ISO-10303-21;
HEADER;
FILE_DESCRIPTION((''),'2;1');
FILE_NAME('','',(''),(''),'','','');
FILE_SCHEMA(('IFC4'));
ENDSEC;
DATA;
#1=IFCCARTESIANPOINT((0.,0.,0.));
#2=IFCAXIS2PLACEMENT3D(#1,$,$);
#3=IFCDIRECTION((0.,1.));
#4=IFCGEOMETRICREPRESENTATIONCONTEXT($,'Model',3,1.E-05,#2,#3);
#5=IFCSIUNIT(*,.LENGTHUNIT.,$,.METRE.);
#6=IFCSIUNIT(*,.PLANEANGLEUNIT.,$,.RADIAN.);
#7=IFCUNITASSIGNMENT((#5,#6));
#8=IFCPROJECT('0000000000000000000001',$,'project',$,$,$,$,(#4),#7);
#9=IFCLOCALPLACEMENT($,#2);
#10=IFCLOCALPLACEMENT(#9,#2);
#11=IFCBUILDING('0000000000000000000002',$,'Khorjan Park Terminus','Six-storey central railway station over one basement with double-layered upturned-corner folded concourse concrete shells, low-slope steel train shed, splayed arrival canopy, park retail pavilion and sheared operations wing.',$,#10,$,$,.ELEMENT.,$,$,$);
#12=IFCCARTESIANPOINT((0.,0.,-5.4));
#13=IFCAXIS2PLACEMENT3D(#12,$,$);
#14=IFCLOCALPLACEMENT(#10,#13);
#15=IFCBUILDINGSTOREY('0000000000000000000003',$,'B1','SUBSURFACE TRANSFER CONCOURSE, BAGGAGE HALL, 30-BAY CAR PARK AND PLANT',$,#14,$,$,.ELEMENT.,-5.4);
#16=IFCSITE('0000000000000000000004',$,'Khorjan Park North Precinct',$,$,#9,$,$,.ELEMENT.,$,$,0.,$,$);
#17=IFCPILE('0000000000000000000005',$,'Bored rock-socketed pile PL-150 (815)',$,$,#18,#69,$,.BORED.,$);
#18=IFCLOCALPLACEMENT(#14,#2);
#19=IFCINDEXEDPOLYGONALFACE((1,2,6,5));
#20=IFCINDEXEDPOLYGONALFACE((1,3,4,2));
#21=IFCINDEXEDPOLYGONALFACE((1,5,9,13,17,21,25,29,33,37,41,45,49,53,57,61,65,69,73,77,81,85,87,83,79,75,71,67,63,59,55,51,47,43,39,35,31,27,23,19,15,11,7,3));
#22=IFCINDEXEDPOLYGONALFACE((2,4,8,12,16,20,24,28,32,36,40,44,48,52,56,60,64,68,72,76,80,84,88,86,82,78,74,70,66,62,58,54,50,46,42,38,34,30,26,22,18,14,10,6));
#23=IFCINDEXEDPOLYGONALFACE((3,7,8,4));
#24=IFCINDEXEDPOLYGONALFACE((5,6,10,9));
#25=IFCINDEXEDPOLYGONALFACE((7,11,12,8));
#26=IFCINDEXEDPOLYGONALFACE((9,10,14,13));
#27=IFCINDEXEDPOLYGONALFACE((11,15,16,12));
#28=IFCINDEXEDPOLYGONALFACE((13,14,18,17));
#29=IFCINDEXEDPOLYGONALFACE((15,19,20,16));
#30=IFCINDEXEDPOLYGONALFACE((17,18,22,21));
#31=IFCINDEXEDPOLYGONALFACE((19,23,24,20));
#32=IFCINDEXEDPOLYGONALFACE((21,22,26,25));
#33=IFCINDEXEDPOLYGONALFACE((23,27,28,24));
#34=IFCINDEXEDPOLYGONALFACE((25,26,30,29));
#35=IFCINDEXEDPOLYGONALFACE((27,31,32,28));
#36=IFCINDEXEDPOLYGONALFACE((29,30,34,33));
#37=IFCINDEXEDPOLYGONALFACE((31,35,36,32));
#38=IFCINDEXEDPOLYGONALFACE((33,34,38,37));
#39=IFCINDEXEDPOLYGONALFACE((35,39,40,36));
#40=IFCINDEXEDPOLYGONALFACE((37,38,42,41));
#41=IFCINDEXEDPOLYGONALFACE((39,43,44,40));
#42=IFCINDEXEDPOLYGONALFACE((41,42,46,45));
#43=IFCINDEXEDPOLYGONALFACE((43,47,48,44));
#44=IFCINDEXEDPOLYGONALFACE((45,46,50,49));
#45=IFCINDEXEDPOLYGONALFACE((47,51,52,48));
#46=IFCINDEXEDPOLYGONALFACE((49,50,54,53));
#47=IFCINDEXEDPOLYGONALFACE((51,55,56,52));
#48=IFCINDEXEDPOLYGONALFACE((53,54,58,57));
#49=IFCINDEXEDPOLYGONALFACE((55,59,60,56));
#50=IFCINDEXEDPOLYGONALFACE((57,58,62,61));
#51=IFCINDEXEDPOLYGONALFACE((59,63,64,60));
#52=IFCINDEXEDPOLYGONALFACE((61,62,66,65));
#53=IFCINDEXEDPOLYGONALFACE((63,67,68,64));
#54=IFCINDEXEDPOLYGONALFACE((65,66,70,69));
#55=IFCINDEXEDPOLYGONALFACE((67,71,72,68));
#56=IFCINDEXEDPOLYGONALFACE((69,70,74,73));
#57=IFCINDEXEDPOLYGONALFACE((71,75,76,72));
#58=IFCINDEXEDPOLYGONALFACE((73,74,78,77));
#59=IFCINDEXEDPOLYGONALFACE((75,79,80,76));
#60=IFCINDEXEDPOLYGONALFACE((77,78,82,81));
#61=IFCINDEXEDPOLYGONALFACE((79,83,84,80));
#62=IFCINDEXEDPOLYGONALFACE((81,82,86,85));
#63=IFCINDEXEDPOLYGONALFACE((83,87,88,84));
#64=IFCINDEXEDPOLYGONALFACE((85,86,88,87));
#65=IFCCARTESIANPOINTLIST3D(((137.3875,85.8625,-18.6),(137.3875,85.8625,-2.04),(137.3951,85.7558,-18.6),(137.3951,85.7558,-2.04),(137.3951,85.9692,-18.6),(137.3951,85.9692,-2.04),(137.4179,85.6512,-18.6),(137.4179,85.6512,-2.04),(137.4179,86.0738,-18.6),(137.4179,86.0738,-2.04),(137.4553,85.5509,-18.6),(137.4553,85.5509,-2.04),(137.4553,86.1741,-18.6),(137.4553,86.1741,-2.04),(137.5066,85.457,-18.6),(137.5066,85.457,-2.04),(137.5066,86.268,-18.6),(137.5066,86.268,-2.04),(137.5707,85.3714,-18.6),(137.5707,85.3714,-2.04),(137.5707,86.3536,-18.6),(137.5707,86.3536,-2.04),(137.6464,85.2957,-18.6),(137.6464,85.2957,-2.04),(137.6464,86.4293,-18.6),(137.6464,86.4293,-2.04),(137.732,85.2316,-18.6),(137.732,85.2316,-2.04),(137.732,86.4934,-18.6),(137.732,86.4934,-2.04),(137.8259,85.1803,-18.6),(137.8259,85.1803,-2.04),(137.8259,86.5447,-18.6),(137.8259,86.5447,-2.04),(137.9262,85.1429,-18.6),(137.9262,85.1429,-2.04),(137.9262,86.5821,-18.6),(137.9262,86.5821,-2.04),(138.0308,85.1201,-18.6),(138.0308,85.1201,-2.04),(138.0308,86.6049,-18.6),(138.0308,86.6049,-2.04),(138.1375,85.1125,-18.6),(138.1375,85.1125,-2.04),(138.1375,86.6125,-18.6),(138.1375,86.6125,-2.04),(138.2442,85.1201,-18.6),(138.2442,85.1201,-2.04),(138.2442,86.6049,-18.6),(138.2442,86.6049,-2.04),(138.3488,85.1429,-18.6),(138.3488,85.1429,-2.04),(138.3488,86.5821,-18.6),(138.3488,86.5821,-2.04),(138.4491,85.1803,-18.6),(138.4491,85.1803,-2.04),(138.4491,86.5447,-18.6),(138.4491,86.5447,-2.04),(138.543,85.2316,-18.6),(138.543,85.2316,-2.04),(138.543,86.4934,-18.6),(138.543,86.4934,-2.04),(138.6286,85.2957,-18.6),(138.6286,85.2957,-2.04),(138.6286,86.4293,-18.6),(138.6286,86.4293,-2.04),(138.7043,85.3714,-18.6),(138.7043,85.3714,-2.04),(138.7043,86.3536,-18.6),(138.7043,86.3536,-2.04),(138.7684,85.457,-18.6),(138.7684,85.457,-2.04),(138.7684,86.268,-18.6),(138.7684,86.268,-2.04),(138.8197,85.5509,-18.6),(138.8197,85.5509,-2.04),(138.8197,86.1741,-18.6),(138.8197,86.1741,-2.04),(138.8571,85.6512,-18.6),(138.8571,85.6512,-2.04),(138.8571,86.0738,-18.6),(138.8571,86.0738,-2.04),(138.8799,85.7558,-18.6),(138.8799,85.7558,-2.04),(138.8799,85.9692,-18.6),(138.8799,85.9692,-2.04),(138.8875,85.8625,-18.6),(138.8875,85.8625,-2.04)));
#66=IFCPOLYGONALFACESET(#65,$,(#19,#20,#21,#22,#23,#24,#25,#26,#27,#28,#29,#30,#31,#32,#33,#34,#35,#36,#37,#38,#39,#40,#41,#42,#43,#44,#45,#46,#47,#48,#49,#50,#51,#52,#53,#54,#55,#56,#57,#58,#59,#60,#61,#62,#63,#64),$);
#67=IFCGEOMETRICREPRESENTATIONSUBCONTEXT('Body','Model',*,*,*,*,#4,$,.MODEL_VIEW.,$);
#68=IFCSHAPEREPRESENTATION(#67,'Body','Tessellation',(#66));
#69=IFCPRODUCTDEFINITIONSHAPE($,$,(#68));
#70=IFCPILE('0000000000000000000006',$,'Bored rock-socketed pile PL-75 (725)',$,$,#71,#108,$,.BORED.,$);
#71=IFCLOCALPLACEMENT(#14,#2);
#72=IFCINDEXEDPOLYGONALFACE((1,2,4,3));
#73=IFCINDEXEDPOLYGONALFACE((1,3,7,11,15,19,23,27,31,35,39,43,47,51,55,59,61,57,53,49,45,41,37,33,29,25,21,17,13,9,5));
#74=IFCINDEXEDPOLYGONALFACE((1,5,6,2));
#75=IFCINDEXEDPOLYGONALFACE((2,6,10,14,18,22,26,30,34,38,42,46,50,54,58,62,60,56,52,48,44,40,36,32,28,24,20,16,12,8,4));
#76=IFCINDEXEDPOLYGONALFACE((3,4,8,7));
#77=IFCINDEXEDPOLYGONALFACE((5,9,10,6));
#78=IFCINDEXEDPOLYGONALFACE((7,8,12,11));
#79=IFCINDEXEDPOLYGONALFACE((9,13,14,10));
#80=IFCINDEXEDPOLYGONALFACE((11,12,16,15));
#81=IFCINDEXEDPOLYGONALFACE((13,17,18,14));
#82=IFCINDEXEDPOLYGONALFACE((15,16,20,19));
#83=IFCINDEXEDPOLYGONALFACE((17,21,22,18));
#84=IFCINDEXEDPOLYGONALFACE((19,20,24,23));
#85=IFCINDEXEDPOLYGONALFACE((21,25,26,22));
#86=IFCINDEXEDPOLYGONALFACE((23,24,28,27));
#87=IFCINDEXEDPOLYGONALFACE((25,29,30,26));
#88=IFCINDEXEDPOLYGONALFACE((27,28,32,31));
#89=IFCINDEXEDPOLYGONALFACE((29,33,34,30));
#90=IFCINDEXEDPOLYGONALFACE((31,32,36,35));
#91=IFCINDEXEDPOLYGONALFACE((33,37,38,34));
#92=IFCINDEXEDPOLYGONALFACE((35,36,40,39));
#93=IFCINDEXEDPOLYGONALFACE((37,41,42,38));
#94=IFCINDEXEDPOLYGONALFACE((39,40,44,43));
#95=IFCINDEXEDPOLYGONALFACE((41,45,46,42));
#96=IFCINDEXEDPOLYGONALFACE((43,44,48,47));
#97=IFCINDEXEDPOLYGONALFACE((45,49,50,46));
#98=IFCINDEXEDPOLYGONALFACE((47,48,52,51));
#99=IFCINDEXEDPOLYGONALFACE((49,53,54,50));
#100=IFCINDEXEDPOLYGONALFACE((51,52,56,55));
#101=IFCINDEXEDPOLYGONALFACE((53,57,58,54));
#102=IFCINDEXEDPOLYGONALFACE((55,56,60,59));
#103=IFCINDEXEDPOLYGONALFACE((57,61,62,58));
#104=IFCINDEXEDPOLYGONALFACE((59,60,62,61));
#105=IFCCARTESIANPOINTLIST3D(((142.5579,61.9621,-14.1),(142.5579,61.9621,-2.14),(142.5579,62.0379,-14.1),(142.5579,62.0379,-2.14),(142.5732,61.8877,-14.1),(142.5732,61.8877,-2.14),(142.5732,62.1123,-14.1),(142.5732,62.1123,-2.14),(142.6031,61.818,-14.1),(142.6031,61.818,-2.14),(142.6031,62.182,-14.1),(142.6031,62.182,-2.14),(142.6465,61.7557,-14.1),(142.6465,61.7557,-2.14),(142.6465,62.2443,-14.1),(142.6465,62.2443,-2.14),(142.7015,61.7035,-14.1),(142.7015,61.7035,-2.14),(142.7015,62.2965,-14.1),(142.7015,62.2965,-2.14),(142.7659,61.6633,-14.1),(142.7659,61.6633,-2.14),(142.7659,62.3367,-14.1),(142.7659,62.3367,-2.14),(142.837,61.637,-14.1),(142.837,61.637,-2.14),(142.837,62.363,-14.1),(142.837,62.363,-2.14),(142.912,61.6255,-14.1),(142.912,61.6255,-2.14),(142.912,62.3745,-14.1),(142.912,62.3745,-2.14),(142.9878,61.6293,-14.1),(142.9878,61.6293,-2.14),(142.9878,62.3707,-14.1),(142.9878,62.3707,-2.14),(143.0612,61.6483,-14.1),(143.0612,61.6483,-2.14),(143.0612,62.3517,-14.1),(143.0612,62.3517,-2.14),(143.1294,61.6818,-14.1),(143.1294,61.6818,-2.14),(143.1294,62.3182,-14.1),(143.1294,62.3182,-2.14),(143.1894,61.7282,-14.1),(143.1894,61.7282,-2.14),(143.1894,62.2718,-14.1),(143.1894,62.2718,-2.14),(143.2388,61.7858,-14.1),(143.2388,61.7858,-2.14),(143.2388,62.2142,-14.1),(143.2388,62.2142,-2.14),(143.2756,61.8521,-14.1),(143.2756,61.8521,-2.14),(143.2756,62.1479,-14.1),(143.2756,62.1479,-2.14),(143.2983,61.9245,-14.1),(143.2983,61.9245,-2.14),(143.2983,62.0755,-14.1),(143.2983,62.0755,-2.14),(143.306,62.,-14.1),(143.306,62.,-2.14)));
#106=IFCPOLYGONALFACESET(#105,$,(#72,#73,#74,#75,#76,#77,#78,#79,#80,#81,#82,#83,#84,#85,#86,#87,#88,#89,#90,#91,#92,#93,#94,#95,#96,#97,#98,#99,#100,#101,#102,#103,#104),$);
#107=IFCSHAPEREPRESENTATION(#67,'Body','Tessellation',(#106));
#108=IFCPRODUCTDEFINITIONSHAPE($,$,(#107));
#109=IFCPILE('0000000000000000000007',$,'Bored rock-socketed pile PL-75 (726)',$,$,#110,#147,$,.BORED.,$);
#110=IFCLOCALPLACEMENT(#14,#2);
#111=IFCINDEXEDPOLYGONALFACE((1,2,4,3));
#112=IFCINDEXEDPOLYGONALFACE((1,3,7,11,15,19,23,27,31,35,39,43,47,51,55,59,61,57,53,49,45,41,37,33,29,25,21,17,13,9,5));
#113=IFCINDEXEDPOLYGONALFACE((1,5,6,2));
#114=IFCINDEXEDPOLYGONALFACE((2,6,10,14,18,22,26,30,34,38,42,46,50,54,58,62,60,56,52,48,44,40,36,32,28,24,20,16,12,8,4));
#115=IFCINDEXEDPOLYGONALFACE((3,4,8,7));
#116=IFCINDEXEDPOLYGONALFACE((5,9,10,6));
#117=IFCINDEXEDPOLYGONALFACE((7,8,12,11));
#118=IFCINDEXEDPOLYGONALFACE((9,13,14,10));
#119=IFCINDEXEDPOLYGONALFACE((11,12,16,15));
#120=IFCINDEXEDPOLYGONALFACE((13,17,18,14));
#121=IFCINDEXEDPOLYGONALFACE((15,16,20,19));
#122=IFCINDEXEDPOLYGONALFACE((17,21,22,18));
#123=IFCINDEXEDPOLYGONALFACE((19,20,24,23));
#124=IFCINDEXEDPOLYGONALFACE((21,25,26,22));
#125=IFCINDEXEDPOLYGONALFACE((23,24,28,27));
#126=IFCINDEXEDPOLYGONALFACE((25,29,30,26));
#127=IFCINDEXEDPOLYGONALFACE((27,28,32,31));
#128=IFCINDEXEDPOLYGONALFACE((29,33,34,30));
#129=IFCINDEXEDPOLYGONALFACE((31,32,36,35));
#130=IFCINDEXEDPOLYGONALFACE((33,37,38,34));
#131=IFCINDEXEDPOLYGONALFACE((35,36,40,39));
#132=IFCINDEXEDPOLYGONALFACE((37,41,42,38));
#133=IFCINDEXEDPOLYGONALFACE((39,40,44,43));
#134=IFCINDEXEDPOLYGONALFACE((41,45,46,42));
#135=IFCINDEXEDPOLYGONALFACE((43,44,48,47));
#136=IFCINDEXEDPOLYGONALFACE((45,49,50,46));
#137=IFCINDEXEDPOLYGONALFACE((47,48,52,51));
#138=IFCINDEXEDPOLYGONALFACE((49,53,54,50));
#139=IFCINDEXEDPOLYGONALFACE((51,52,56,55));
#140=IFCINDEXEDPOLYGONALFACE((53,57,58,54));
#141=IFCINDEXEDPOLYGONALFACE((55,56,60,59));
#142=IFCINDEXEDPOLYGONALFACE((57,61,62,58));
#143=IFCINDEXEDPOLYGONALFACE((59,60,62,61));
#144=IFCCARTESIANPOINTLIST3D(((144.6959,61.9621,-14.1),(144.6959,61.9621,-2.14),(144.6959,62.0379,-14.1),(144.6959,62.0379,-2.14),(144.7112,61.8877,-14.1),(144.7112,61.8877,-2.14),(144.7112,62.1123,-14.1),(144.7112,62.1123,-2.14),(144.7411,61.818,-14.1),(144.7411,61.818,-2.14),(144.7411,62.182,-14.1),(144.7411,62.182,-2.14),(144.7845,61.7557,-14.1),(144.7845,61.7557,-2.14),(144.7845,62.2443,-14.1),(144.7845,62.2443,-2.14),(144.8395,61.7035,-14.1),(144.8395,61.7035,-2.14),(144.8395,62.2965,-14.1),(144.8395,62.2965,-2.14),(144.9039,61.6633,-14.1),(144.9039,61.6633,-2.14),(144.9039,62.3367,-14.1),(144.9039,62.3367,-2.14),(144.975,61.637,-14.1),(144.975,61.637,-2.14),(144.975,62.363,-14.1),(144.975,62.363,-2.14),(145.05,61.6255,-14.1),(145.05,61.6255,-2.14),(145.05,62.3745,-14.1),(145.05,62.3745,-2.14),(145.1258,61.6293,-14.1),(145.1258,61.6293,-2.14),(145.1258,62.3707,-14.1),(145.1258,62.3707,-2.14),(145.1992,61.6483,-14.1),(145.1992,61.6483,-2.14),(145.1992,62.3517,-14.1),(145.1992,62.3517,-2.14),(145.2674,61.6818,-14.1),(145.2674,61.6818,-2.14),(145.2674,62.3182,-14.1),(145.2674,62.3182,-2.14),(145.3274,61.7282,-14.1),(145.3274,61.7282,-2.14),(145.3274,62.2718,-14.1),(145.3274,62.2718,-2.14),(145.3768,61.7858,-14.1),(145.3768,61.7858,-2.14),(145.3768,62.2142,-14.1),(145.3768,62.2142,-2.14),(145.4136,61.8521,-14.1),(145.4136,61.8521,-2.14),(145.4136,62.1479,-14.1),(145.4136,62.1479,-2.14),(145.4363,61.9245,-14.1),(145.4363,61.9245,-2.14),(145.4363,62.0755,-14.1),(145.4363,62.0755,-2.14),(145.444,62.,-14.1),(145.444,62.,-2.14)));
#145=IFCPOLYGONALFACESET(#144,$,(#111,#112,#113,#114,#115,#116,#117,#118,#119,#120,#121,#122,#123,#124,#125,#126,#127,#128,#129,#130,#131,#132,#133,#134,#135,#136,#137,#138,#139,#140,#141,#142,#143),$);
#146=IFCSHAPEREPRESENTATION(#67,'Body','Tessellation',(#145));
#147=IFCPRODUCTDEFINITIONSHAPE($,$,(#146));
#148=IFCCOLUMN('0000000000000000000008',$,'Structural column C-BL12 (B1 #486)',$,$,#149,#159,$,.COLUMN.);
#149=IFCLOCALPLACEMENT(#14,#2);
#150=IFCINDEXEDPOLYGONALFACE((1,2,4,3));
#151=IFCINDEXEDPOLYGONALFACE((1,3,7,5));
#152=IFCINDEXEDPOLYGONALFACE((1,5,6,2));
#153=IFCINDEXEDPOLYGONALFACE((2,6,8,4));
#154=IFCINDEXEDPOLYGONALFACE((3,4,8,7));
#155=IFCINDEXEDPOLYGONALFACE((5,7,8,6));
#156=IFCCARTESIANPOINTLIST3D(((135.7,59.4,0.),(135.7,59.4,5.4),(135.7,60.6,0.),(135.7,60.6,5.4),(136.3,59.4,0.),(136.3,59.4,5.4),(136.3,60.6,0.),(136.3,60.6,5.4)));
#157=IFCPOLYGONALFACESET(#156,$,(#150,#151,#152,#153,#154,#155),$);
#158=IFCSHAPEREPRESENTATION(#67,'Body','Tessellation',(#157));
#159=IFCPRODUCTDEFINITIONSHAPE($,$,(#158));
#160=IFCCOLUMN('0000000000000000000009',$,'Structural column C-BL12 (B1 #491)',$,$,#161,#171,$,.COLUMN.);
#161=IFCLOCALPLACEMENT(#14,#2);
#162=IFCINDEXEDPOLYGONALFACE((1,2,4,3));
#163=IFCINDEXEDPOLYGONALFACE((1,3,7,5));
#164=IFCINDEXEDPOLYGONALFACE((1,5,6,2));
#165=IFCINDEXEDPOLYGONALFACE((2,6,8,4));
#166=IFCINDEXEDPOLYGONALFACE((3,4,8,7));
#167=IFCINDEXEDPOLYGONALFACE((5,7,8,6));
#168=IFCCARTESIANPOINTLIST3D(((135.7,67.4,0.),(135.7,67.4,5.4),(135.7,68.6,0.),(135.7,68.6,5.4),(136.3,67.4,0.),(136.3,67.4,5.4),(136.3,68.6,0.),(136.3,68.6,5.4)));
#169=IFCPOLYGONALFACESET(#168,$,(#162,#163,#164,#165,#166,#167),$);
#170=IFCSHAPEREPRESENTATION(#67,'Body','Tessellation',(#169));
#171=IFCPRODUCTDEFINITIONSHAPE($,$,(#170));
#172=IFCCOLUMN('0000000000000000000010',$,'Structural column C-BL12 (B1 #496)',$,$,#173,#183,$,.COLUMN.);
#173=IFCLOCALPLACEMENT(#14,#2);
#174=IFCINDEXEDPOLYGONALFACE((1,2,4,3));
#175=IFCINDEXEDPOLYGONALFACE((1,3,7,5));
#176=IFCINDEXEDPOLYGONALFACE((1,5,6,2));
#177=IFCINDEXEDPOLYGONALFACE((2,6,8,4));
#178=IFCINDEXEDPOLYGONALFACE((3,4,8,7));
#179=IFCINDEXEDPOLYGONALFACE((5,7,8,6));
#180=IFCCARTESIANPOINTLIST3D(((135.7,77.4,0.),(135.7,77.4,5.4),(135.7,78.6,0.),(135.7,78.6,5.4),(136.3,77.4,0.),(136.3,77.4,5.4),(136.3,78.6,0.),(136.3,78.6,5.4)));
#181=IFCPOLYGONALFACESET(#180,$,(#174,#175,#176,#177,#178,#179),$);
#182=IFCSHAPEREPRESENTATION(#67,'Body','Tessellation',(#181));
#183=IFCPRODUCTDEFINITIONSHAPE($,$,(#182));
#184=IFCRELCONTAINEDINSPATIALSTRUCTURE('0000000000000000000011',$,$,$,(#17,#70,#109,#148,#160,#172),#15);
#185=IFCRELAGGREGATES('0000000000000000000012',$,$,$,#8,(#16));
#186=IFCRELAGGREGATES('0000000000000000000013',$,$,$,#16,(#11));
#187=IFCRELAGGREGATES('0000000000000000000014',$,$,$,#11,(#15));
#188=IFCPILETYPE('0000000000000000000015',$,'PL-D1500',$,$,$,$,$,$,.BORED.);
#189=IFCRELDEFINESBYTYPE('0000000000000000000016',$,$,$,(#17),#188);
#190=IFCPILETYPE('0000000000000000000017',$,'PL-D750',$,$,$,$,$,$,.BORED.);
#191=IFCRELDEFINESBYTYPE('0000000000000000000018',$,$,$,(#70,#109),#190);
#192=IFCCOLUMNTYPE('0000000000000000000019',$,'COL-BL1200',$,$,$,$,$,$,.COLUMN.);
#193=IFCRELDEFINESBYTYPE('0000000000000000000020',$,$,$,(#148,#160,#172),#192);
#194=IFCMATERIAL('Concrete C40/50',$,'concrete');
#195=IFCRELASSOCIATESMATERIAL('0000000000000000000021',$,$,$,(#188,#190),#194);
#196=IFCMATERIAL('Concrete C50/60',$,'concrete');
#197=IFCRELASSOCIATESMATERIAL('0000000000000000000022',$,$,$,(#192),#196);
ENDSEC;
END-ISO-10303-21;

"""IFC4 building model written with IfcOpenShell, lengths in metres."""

from ifc_helpers import new_model, si_unit, direction, frame, origin, origin_2d, place, context, subcontext, project, spatial, rectangle, circle, extrude, material, material_profile, profile_set, type_object, element, save


model = new_model("IFC4")

# Units and contexts
model_context = context("Model", 3, precision=1e-05, world=origin(), true_north=direction((0.0, 1.0)))
body_context = subcontext(model_context, "Body", "Model", "MODEL_VIEW")
ifc_project = project(units=[si_unit("LENGTHUNIT", "METRE"), si_unit("PLANEANGLEUNIT", "RADIAN")], contexts=[model_context])

# Site, building, storey
site_placement = place(None, origin())
site = spatial("IfcSite", under=ifc_project, at=site_placement, Name="Khorjan Park North Precinct", CompositionType="ELEMENT", RefElevation=0.0)
building_placement = place(site_placement, origin())
building = spatial("IfcBuilding", under=site, at=building_placement, Name="Khorjan Park Terminus", Description="Six-storey central railway station over one basement with double-layered upturned-corner folded concourse concrete shells, low-slope steel train shed, splayed arrival canopy, park retail pavilion and sheared operations wing.", CompositionType="ELEMENT")
storey_placement = place(building_placement, frame((0.0, 0.0, -5.4)))
storey = spatial("IfcBuildingStorey", under=building, at=storey_placement, Name="B1", Description="SUBSURFACE TRANSFER CONCOURSE, BAGGAGE HALL, 30-BAY CAR PARK AND PLANT", CompositionType="ELEMENT", Elevation=-5.4)

# Shared definitions
ifc_material_1 = material(Name="Concrete C40/50", Category="concrete")

# Piles
ifc_material_profile_1 = material_profile(ifc_material_1, circle(Radius=0.75, at=origin_2d()), Name="BORED D1500")
ifc_profile_set_1 = profile_set([ifc_material_profile_1], Name="Concrete C40/50")
pile_type_1 = type_object("IfcPileType", Name="PL-D1500", PredefinedType="BORED", material=ifc_profile_set_1)
for number, where, z_axis, x_axis, name in (
    (1, (138.1375, 85.8625, -2.04), (0.0, 0.0, -1.0), (1.0, 0.0, 0.0), "Bored rock-socketed pile PL-150 (815)"),
):
    element("IfcPile", number, at=place(storey_placement, frame(where, z_axis=z_axis, x_axis=x_axis)), inside=storey, type_object=pile_type_1, Name=name, PredefinedType="BORED", context=body_context, shape_type="SweptSolid", body=[
        extrude(circle(Radius=0.75, at=origin_2d()), origin(), (0.0, 0.0, 1.0), 16.56),
    ])
ifc_material_profile_2 = material_profile(ifc_material_1, circle(Radius=0.375, at=origin_2d()), Name="BORED D750")
ifc_profile_set_2 = profile_set([ifc_material_profile_2], Name="Concrete C40/50")
pile_type_2 = type_object("IfcPileType", Name="PL-D750", PredefinedType="BORED", material=ifc_profile_set_2)
for number, where, z_axis, x_axis, name in (
    (2, (142.931, 62.0, -2.14), (0.0, 0.0, -1.0), (1.0, 0.0, 0.0), "Bored rock-socketed pile PL-75 (725)"),
    (3, (145.069, 62.0, -2.14), (0.0, 0.0, -1.0), (1.0, 0.0, 0.0), "Bored rock-socketed pile PL-75 (726)"),
):
    element("IfcPile", number, at=place(storey_placement, frame(where, z_axis=z_axis, x_axis=x_axis)), inside=storey, type_object=pile_type_2, Name=name, PredefinedType="BORED", context=body_context, shape_type="SweptSolid", body=[
        extrude(circle(Radius=0.375, at=origin_2d()), origin(), (0.0, 0.0, 1.0), 11.96),
    ])

# Columns
ifc_material_2 = material(Name="Concrete C50/60", Category="concrete")
ifc_material_profile_3 = material_profile(ifc_material_2, rectangle(XDim=0.6, YDim=1.2, at=origin_2d()), Name="RC 600x1200")
ifc_profile_set_3 = profile_set([ifc_material_profile_3], Name="Concrete C50/60")
column_type_1 = type_object("IfcColumnType", Name="COL-BL1200", PredefinedType="COLUMN", material=ifc_profile_set_3)
for number, where, z_axis, x_axis, name in (
    (4, (136.0, 60.0, 0.0), (0.0, 0.0, 1.0), (1.0, 0.0, 0.0), "Structural column C-BL12 (B1 #486)"),
    (5, (136.0, 68.0, 0.0), (0.0, 0.0, 1.0), (1.0, 0.0, 0.0), "Structural column C-BL12 (B1 #491)"),
    (6, (136.0, 78.0, 0.0), (0.0, 0.0, 1.0), (1.0, 0.0, 0.0), "Structural column C-BL12 (B1 #496)"),
):
    element("IfcColumn", number, at=place(storey_placement, frame(where, z_axis=z_axis, x_axis=x_axis)), inside=storey, type_object=column_type_1, Name=name, PredefinedType="COLUMN", context=body_context, shape_type="SweptSolid", body=[
        extrude(rectangle(XDim=0.6, YDim=1.2, at=origin_2d()), origin(), (0.0, 0.0, 1.0), 5.4),
    ])

save(model, "model.ifc")
